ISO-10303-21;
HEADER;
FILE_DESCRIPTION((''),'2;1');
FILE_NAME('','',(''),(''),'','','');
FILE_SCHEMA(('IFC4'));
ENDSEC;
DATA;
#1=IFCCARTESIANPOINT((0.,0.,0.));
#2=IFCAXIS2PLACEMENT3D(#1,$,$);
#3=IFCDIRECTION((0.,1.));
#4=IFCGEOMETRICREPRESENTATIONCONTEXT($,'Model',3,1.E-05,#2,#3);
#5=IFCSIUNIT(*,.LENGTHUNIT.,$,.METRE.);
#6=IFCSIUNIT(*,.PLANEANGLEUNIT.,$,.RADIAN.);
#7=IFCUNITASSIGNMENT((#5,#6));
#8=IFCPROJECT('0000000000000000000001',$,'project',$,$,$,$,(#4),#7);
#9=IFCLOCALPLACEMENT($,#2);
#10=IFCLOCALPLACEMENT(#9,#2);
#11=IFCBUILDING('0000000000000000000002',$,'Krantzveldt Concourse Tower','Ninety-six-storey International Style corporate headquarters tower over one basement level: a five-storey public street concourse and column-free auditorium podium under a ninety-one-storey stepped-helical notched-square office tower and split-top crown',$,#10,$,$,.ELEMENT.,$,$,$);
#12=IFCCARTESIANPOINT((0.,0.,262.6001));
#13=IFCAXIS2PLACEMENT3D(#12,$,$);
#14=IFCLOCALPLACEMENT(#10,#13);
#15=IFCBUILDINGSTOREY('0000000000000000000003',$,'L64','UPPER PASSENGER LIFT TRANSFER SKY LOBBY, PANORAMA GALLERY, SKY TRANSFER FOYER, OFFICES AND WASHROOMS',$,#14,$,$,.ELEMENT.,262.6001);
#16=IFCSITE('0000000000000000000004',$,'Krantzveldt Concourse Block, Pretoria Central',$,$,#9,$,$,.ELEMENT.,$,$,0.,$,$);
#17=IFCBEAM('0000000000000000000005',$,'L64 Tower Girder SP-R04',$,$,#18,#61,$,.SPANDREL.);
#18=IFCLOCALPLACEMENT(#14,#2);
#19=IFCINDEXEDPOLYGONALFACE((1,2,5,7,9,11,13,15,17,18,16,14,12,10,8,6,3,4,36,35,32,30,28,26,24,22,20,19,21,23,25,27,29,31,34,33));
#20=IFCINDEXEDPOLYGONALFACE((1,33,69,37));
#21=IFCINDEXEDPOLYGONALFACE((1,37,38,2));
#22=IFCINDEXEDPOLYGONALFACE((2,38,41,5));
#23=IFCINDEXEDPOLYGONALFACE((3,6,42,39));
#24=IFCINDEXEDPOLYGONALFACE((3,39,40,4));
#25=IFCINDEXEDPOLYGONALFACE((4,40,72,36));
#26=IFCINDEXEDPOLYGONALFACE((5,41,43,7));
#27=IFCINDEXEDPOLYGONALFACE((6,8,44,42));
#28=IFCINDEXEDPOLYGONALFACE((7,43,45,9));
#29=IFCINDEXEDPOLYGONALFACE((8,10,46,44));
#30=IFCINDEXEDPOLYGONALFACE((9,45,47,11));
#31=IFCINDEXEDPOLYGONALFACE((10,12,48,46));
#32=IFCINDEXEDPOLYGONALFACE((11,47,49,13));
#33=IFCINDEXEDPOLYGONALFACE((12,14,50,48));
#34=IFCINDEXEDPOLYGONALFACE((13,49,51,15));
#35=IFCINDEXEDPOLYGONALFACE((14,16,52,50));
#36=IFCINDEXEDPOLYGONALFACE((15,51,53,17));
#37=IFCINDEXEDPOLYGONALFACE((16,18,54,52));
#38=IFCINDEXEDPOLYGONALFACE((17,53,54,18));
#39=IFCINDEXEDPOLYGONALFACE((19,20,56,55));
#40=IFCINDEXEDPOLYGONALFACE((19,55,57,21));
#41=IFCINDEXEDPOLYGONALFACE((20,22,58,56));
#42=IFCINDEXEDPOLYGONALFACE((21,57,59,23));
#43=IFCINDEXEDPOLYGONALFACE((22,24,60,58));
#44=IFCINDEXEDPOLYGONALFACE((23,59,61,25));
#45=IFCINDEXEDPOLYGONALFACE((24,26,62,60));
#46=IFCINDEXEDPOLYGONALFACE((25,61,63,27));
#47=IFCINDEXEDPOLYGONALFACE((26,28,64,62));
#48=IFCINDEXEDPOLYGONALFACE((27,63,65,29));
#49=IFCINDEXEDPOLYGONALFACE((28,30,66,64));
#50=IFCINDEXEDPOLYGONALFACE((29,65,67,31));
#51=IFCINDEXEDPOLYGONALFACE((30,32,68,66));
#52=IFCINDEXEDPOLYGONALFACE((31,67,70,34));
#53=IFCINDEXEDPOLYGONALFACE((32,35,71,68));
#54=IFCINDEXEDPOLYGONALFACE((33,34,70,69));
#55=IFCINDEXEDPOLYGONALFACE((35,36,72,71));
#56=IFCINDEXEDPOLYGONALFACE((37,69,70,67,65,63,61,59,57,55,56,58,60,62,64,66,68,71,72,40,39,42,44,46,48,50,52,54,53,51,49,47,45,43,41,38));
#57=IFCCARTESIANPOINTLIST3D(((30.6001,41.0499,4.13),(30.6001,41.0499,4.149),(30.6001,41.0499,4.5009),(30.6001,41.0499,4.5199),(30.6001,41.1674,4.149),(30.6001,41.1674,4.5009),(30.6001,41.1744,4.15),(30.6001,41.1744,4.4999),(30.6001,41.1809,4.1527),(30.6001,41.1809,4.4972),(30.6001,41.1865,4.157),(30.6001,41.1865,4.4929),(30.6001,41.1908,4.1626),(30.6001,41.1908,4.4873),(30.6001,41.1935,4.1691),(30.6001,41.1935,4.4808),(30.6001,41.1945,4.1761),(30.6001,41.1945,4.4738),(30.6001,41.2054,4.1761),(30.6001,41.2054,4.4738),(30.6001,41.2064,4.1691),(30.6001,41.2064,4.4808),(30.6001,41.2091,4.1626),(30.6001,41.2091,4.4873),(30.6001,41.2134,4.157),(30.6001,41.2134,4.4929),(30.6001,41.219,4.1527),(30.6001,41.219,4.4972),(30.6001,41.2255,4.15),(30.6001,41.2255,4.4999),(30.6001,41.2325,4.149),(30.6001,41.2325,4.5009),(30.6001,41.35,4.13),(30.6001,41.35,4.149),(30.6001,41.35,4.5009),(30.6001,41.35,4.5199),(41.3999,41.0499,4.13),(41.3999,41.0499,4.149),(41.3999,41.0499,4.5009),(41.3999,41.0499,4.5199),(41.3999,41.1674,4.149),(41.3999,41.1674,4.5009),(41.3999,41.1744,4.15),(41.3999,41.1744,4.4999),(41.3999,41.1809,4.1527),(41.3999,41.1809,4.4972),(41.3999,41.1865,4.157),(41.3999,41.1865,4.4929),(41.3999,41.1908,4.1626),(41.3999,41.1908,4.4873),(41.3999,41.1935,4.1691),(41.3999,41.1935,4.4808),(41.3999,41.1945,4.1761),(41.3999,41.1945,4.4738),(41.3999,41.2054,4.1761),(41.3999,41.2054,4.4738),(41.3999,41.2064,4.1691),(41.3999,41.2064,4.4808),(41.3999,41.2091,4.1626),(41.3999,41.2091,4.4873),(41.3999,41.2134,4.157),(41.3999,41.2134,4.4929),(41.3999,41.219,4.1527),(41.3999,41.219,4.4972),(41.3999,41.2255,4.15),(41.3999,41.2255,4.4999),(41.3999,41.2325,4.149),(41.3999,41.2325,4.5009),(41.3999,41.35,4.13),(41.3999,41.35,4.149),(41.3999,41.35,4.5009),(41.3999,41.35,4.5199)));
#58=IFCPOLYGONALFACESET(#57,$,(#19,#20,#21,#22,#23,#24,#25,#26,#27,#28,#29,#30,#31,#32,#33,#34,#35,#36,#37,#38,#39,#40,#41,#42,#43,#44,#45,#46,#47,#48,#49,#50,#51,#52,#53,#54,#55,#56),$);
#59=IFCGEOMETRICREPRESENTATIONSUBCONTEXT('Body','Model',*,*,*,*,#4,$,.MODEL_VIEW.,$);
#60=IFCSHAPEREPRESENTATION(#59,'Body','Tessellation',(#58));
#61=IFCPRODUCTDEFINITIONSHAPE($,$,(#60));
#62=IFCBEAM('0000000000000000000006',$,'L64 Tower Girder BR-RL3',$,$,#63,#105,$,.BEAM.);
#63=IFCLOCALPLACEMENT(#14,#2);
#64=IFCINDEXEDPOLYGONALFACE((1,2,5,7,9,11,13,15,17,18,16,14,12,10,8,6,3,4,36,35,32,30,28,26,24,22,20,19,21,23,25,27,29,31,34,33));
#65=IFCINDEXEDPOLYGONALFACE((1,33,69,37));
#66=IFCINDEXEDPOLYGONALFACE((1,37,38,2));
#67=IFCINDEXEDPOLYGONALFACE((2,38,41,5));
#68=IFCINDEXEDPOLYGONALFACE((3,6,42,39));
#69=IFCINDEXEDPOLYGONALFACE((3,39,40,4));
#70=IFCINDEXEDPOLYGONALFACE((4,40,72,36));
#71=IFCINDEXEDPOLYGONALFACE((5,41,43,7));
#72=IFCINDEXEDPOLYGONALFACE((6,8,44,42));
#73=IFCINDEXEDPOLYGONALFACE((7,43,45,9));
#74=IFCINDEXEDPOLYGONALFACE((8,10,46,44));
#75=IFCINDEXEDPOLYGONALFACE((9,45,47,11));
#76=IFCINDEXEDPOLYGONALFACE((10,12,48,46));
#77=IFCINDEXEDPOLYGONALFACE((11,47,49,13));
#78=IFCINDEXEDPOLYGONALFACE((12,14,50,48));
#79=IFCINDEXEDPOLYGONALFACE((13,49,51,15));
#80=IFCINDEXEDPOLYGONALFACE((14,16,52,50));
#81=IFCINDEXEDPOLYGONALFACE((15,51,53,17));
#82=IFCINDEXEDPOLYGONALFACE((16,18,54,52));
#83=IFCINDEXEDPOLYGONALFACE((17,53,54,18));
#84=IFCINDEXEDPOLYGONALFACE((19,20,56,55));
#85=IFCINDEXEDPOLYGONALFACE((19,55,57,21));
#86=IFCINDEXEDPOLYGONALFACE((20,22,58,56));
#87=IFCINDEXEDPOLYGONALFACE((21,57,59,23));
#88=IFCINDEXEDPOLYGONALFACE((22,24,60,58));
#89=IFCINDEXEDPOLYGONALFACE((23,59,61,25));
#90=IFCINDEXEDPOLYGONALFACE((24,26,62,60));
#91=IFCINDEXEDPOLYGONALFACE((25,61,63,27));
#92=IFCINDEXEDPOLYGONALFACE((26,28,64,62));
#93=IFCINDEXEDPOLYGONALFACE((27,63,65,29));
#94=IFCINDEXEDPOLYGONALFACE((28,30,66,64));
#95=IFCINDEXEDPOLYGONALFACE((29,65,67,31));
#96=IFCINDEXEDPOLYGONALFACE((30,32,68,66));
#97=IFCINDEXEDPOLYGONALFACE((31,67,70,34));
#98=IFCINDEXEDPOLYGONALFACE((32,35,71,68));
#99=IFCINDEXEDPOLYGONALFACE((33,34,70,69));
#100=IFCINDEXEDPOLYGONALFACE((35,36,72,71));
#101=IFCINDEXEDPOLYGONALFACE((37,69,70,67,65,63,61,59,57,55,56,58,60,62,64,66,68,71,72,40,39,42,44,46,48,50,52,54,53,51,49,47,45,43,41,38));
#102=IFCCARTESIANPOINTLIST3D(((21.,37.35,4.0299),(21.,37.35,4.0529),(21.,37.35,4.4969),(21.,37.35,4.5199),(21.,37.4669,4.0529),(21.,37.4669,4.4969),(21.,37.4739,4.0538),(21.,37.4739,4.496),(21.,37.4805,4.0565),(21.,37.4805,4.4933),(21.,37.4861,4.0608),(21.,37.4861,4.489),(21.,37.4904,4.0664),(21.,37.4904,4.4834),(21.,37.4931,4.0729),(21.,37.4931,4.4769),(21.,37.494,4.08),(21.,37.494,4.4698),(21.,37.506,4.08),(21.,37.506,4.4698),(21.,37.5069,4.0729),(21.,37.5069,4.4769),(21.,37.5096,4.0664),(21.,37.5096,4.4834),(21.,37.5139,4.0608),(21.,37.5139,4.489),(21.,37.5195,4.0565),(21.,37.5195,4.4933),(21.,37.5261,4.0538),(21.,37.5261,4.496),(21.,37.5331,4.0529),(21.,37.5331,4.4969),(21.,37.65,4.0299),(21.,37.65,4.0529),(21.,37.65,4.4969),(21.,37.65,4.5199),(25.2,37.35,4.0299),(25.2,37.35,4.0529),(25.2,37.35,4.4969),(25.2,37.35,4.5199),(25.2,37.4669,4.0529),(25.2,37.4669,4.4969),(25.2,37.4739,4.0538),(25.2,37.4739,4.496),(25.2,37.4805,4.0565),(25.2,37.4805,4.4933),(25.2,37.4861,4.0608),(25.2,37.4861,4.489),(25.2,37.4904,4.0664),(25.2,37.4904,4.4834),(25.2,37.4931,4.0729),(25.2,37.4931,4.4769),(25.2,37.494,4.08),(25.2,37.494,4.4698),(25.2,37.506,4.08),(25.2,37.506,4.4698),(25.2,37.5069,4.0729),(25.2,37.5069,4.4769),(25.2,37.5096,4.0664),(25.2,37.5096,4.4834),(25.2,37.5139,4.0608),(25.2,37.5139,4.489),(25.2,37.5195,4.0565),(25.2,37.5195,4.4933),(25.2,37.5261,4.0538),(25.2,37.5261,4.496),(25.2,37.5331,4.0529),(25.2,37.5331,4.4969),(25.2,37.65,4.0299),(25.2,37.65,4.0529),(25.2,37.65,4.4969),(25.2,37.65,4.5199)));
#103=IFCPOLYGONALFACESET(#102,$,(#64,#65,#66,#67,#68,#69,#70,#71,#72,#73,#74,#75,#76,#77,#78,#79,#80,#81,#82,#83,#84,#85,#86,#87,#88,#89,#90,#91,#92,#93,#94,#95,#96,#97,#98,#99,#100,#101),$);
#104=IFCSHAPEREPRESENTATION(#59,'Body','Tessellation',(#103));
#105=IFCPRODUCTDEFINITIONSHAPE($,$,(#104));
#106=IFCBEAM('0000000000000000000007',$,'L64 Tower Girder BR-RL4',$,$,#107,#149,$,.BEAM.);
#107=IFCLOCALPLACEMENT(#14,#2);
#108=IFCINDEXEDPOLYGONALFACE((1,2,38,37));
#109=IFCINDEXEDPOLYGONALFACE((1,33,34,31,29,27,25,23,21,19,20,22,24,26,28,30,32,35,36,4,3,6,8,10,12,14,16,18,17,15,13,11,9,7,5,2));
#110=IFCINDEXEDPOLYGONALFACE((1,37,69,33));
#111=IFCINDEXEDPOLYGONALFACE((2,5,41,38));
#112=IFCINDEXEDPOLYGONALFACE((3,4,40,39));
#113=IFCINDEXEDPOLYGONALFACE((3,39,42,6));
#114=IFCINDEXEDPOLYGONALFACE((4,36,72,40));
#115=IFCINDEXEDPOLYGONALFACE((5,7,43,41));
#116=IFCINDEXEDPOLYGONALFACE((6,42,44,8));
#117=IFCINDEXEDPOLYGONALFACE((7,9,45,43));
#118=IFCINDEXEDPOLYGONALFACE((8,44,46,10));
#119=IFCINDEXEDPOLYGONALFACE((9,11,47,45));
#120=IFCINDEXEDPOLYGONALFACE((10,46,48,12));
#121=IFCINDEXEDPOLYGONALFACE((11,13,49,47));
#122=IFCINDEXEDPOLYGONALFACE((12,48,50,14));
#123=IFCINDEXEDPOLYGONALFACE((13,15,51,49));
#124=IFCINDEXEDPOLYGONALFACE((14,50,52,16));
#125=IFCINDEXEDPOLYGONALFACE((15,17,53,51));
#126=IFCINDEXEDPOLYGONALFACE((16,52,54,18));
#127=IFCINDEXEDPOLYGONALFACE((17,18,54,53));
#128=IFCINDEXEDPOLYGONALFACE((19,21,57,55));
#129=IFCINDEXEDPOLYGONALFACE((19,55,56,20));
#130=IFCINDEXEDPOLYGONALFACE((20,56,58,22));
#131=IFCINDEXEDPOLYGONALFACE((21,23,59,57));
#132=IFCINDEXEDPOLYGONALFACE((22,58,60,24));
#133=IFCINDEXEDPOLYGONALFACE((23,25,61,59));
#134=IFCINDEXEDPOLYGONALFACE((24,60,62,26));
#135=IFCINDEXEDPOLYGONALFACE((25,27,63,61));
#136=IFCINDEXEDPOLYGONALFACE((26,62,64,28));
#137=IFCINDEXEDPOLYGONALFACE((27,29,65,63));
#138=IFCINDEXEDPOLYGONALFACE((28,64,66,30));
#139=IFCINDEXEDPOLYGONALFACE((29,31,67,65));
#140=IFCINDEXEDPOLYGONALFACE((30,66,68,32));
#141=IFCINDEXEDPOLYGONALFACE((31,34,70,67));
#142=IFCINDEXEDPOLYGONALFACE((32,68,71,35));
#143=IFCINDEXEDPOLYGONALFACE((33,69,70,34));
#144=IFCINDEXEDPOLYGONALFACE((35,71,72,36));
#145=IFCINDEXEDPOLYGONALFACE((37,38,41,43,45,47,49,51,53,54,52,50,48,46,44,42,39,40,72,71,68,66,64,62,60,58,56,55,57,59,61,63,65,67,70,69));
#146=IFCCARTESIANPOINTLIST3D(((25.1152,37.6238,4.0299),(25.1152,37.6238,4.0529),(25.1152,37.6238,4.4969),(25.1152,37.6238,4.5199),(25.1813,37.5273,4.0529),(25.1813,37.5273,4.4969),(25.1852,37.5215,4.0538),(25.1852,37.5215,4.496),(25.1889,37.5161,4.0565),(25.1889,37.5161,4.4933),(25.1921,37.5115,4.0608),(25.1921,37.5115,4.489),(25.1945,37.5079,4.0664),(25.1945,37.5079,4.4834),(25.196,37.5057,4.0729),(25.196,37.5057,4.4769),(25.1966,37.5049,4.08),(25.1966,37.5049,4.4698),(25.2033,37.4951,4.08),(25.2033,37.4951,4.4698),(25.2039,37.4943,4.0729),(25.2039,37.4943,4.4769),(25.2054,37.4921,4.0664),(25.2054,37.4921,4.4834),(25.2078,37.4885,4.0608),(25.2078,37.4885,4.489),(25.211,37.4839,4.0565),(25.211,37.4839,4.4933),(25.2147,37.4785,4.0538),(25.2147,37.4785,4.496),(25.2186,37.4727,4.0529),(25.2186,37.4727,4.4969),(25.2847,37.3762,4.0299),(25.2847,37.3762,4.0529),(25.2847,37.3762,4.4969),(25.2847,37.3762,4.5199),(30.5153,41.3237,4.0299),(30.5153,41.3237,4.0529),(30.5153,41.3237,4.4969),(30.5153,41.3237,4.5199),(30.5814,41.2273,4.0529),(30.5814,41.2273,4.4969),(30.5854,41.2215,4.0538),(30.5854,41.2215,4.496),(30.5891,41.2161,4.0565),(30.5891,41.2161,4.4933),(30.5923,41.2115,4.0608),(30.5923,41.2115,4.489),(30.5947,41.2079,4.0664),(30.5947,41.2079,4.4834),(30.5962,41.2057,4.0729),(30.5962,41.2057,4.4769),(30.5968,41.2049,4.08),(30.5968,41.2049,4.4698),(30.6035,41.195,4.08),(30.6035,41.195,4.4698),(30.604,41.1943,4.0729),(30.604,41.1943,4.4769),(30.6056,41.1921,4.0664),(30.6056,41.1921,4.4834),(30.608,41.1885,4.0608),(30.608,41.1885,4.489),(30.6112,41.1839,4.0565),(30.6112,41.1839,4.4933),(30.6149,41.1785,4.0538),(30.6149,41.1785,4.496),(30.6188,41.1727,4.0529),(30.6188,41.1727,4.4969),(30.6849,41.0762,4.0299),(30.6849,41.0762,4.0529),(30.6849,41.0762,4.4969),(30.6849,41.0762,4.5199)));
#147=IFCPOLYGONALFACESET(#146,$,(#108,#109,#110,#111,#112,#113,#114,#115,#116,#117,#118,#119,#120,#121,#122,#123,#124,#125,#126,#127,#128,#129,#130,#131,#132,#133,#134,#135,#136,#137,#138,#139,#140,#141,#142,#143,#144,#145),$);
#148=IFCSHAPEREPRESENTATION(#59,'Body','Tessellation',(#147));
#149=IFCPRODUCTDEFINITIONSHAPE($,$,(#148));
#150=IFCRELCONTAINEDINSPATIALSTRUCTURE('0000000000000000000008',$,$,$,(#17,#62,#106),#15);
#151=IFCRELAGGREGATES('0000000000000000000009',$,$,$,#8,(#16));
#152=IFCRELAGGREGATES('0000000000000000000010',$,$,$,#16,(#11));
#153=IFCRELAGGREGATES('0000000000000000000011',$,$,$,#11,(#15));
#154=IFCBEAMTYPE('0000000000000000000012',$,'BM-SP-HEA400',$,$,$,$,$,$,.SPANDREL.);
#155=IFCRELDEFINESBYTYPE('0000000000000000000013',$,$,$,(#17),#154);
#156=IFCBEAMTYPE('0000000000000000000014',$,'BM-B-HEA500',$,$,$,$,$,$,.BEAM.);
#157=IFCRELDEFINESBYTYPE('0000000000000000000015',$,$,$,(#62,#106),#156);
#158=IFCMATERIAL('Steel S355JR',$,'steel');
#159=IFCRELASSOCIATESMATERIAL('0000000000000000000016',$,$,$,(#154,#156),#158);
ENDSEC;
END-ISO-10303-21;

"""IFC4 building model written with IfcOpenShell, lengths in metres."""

from ifc_helpers import new_model, si_unit, direction, frame, origin, origin_2d, place, context, subcontext, project, spatial, i_section, extrude, source, transform, mapped, material, material_profile, profile_set, type_object, type_shapes, element, save


model = new_model("IFC4")

# Units and contexts
model_context = context("Model", 3, precision=1e-05, world=origin(), true_north=direction((0.0, 1.0)))
body_context = subcontext(model_context, "Body", "Model", "MODEL_VIEW")
ifc_project = project(units=[si_unit("LENGTHUNIT", "METRE"), si_unit("PLANEANGLEUNIT", "RADIAN")], contexts=[model_context])

# Site, building, storey
site_placement = place(None, origin())
site = spatial("IfcSite", under=ifc_project, at=site_placement, Name="Krantzveldt Concourse Block, Pretoria Central", CompositionType="ELEMENT", RefElevation=0.0)
building_placement = place(site_placement, origin())
building = spatial("IfcBuilding", under=site, at=building_placement, Name="Krantzveldt Concourse Tower", Description="Ninety-six-storey International Style corporate headquarters tower over one basement level: a five-storey public street concourse and column-free auditorium podium under a ninety-one-storey stepped-helical notched-square office tower and split-top crown", CompositionType="ELEMENT")
storey_placement = place(building_placement, frame((0.0, 0.0, 262.6001)))
storey = spatial("IfcBuildingStorey", under=building, at=storey_placement, Name="L64", Description="UPPER PASSENGER LIFT TRANSFER SKY LOBBY, PANORAMA GALLERY, SKY TRANSFER FOYER, OFFICES AND WASHROOMS", CompositionType="ELEMENT", Elevation=262.6001)

# Beams
ifc_material_1 = material(Name="Steel S355JR", Category="steel")
ifc_material_profile_1 = material_profile(ifc_material_1, i_section(OverallWidth=0.3, OverallDepth=0.3899, WebThickness=0.011, FlangeThickness=0.019, FilletRadius=0.0271, at=origin_2d()), Name="Steel S355JR", Category="steel")
ifc_profile_set_1 = profile_set([ifc_material_profile_1], Name="Steel S355JR - HEA 400")
beam_type_1 = type_object("IfcBeamType", Name="BM-SP-HEA400", PredefinedType="SPANDREL", material=ifc_profile_set_1)
shared_shape_1 = source(origin(), body_context, "Body", "SweptSolid", [
    extrude(i_section(OverallWidth=0.3, OverallDepth=0.3899, WebThickness=0.011, FlangeThickness=0.019, FilletRadius=0.0271, at=origin_2d()), origin(), (0.0, 0.0, 1.0), 10.7998),
])
beam_1_placement = place(storey_placement, frame((30.6001, 41.2, 4.325), z_axis=(1.0, 0.0, 0.0), x_axis=(0.0, 1.0, 0.0)))
element("IfcBeam", 1, at=beam_1_placement, inside=storey, type_object=beam_type_1, Name="L64 Tower Girder SP-R04", PredefinedType="SPANDREL", context=body_context, shape_type="MappedRepresentation", body=[
    mapped(shared_shape_1, transform((0.0, 0.0, 0.0), x_axis=(1.0, 0.0, 0.0), y_axis=(0.0, 1.0, 0.0), z_axis=(0.0, 0.0, 1.0), scale=1.0)),
])
ifc_material_profile_2 = material_profile(ifc_material_1, i_section(OverallWidth=0.3, OverallDepth=0.49, WebThickness=0.012, FlangeThickness=0.0229, FilletRadius=0.0271, at=origin_2d()), Name="Steel S355JR", Category="steel")
ifc_profile_set_2 = profile_set([ifc_material_profile_2], Name="Steel S355JR - HEA 500")
beam_type_2 = type_object("IfcBeamType", Name="BM-B-HEA500", PredefinedType="BEAM", material=ifc_profile_set_2)
shared_shape_2 = source(origin(), body_context, "Body", "SweptSolid", [
    extrude(i_section(OverallWidth=0.3, OverallDepth=0.49, WebThickness=0.012, FlangeThickness=0.0229, FilletRadius=0.0271, at=origin_2d()), origin(), (0.0, 0.0, 1.0), 4.2),
])
beam_2_placement = place(storey_placement, frame((21.0, 37.5, 4.2749), z_axis=(1.0, 0.0, 0.0), x_axis=(0.0, 1.0, 0.0)))
element("IfcBeam", 2, at=beam_2_placement, inside=storey, type_object=beam_type_2, Name="L64 Tower Girder BR-RL3", PredefinedType="BEAM", context=body_context, shape_type="MappedRepresentation", body=[
    mapped(shared_shape_2, transform((0.0, 0.0, 0.0), x_axis=(1.0, 0.0, 0.0), y_axis=(0.0, 1.0, 0.0), z_axis=(0.0, 0.0, 1.0), scale=1.0)),
])
shared_shape_3 = source(origin(), body_context, "Body", "SweptSolid", [
    extrude(i_section(OverallWidth=0.3, OverallDepth=0.49, WebThickness=0.012, FlangeThickness=0.0229, FilletRadius=0.0271, at=origin_2d()), origin(), (0.0, 0.0, 1.0), 6.5461),
])
type_shapes(beam_type_2, [shared_shape_2, shared_shape_3])
beam_3_placement = place(storey_placement, frame((25.2, 37.5, 4.2749), z_axis=(0.824943, 0.565216, 0.0), x_axis=(-0.565216, 0.824943, 0.0)))
element("IfcBeam", 3, at=beam_3_placement, inside=storey, type_object=beam_type_2, Name="L64 Tower Girder BR-RL4", PredefinedType="BEAM", context=body_context, shape_type="MappedRepresentation", body=[
    mapped(shared_shape_3, transform((0.0, 0.0, 0.0), x_axis=(1.0, 0.0, 0.0), y_axis=(0.0, 1.0, 0.0), z_axis=(0.0, 0.0, 1.0), scale=1.0)),
])

save(model, "model.ifc")
